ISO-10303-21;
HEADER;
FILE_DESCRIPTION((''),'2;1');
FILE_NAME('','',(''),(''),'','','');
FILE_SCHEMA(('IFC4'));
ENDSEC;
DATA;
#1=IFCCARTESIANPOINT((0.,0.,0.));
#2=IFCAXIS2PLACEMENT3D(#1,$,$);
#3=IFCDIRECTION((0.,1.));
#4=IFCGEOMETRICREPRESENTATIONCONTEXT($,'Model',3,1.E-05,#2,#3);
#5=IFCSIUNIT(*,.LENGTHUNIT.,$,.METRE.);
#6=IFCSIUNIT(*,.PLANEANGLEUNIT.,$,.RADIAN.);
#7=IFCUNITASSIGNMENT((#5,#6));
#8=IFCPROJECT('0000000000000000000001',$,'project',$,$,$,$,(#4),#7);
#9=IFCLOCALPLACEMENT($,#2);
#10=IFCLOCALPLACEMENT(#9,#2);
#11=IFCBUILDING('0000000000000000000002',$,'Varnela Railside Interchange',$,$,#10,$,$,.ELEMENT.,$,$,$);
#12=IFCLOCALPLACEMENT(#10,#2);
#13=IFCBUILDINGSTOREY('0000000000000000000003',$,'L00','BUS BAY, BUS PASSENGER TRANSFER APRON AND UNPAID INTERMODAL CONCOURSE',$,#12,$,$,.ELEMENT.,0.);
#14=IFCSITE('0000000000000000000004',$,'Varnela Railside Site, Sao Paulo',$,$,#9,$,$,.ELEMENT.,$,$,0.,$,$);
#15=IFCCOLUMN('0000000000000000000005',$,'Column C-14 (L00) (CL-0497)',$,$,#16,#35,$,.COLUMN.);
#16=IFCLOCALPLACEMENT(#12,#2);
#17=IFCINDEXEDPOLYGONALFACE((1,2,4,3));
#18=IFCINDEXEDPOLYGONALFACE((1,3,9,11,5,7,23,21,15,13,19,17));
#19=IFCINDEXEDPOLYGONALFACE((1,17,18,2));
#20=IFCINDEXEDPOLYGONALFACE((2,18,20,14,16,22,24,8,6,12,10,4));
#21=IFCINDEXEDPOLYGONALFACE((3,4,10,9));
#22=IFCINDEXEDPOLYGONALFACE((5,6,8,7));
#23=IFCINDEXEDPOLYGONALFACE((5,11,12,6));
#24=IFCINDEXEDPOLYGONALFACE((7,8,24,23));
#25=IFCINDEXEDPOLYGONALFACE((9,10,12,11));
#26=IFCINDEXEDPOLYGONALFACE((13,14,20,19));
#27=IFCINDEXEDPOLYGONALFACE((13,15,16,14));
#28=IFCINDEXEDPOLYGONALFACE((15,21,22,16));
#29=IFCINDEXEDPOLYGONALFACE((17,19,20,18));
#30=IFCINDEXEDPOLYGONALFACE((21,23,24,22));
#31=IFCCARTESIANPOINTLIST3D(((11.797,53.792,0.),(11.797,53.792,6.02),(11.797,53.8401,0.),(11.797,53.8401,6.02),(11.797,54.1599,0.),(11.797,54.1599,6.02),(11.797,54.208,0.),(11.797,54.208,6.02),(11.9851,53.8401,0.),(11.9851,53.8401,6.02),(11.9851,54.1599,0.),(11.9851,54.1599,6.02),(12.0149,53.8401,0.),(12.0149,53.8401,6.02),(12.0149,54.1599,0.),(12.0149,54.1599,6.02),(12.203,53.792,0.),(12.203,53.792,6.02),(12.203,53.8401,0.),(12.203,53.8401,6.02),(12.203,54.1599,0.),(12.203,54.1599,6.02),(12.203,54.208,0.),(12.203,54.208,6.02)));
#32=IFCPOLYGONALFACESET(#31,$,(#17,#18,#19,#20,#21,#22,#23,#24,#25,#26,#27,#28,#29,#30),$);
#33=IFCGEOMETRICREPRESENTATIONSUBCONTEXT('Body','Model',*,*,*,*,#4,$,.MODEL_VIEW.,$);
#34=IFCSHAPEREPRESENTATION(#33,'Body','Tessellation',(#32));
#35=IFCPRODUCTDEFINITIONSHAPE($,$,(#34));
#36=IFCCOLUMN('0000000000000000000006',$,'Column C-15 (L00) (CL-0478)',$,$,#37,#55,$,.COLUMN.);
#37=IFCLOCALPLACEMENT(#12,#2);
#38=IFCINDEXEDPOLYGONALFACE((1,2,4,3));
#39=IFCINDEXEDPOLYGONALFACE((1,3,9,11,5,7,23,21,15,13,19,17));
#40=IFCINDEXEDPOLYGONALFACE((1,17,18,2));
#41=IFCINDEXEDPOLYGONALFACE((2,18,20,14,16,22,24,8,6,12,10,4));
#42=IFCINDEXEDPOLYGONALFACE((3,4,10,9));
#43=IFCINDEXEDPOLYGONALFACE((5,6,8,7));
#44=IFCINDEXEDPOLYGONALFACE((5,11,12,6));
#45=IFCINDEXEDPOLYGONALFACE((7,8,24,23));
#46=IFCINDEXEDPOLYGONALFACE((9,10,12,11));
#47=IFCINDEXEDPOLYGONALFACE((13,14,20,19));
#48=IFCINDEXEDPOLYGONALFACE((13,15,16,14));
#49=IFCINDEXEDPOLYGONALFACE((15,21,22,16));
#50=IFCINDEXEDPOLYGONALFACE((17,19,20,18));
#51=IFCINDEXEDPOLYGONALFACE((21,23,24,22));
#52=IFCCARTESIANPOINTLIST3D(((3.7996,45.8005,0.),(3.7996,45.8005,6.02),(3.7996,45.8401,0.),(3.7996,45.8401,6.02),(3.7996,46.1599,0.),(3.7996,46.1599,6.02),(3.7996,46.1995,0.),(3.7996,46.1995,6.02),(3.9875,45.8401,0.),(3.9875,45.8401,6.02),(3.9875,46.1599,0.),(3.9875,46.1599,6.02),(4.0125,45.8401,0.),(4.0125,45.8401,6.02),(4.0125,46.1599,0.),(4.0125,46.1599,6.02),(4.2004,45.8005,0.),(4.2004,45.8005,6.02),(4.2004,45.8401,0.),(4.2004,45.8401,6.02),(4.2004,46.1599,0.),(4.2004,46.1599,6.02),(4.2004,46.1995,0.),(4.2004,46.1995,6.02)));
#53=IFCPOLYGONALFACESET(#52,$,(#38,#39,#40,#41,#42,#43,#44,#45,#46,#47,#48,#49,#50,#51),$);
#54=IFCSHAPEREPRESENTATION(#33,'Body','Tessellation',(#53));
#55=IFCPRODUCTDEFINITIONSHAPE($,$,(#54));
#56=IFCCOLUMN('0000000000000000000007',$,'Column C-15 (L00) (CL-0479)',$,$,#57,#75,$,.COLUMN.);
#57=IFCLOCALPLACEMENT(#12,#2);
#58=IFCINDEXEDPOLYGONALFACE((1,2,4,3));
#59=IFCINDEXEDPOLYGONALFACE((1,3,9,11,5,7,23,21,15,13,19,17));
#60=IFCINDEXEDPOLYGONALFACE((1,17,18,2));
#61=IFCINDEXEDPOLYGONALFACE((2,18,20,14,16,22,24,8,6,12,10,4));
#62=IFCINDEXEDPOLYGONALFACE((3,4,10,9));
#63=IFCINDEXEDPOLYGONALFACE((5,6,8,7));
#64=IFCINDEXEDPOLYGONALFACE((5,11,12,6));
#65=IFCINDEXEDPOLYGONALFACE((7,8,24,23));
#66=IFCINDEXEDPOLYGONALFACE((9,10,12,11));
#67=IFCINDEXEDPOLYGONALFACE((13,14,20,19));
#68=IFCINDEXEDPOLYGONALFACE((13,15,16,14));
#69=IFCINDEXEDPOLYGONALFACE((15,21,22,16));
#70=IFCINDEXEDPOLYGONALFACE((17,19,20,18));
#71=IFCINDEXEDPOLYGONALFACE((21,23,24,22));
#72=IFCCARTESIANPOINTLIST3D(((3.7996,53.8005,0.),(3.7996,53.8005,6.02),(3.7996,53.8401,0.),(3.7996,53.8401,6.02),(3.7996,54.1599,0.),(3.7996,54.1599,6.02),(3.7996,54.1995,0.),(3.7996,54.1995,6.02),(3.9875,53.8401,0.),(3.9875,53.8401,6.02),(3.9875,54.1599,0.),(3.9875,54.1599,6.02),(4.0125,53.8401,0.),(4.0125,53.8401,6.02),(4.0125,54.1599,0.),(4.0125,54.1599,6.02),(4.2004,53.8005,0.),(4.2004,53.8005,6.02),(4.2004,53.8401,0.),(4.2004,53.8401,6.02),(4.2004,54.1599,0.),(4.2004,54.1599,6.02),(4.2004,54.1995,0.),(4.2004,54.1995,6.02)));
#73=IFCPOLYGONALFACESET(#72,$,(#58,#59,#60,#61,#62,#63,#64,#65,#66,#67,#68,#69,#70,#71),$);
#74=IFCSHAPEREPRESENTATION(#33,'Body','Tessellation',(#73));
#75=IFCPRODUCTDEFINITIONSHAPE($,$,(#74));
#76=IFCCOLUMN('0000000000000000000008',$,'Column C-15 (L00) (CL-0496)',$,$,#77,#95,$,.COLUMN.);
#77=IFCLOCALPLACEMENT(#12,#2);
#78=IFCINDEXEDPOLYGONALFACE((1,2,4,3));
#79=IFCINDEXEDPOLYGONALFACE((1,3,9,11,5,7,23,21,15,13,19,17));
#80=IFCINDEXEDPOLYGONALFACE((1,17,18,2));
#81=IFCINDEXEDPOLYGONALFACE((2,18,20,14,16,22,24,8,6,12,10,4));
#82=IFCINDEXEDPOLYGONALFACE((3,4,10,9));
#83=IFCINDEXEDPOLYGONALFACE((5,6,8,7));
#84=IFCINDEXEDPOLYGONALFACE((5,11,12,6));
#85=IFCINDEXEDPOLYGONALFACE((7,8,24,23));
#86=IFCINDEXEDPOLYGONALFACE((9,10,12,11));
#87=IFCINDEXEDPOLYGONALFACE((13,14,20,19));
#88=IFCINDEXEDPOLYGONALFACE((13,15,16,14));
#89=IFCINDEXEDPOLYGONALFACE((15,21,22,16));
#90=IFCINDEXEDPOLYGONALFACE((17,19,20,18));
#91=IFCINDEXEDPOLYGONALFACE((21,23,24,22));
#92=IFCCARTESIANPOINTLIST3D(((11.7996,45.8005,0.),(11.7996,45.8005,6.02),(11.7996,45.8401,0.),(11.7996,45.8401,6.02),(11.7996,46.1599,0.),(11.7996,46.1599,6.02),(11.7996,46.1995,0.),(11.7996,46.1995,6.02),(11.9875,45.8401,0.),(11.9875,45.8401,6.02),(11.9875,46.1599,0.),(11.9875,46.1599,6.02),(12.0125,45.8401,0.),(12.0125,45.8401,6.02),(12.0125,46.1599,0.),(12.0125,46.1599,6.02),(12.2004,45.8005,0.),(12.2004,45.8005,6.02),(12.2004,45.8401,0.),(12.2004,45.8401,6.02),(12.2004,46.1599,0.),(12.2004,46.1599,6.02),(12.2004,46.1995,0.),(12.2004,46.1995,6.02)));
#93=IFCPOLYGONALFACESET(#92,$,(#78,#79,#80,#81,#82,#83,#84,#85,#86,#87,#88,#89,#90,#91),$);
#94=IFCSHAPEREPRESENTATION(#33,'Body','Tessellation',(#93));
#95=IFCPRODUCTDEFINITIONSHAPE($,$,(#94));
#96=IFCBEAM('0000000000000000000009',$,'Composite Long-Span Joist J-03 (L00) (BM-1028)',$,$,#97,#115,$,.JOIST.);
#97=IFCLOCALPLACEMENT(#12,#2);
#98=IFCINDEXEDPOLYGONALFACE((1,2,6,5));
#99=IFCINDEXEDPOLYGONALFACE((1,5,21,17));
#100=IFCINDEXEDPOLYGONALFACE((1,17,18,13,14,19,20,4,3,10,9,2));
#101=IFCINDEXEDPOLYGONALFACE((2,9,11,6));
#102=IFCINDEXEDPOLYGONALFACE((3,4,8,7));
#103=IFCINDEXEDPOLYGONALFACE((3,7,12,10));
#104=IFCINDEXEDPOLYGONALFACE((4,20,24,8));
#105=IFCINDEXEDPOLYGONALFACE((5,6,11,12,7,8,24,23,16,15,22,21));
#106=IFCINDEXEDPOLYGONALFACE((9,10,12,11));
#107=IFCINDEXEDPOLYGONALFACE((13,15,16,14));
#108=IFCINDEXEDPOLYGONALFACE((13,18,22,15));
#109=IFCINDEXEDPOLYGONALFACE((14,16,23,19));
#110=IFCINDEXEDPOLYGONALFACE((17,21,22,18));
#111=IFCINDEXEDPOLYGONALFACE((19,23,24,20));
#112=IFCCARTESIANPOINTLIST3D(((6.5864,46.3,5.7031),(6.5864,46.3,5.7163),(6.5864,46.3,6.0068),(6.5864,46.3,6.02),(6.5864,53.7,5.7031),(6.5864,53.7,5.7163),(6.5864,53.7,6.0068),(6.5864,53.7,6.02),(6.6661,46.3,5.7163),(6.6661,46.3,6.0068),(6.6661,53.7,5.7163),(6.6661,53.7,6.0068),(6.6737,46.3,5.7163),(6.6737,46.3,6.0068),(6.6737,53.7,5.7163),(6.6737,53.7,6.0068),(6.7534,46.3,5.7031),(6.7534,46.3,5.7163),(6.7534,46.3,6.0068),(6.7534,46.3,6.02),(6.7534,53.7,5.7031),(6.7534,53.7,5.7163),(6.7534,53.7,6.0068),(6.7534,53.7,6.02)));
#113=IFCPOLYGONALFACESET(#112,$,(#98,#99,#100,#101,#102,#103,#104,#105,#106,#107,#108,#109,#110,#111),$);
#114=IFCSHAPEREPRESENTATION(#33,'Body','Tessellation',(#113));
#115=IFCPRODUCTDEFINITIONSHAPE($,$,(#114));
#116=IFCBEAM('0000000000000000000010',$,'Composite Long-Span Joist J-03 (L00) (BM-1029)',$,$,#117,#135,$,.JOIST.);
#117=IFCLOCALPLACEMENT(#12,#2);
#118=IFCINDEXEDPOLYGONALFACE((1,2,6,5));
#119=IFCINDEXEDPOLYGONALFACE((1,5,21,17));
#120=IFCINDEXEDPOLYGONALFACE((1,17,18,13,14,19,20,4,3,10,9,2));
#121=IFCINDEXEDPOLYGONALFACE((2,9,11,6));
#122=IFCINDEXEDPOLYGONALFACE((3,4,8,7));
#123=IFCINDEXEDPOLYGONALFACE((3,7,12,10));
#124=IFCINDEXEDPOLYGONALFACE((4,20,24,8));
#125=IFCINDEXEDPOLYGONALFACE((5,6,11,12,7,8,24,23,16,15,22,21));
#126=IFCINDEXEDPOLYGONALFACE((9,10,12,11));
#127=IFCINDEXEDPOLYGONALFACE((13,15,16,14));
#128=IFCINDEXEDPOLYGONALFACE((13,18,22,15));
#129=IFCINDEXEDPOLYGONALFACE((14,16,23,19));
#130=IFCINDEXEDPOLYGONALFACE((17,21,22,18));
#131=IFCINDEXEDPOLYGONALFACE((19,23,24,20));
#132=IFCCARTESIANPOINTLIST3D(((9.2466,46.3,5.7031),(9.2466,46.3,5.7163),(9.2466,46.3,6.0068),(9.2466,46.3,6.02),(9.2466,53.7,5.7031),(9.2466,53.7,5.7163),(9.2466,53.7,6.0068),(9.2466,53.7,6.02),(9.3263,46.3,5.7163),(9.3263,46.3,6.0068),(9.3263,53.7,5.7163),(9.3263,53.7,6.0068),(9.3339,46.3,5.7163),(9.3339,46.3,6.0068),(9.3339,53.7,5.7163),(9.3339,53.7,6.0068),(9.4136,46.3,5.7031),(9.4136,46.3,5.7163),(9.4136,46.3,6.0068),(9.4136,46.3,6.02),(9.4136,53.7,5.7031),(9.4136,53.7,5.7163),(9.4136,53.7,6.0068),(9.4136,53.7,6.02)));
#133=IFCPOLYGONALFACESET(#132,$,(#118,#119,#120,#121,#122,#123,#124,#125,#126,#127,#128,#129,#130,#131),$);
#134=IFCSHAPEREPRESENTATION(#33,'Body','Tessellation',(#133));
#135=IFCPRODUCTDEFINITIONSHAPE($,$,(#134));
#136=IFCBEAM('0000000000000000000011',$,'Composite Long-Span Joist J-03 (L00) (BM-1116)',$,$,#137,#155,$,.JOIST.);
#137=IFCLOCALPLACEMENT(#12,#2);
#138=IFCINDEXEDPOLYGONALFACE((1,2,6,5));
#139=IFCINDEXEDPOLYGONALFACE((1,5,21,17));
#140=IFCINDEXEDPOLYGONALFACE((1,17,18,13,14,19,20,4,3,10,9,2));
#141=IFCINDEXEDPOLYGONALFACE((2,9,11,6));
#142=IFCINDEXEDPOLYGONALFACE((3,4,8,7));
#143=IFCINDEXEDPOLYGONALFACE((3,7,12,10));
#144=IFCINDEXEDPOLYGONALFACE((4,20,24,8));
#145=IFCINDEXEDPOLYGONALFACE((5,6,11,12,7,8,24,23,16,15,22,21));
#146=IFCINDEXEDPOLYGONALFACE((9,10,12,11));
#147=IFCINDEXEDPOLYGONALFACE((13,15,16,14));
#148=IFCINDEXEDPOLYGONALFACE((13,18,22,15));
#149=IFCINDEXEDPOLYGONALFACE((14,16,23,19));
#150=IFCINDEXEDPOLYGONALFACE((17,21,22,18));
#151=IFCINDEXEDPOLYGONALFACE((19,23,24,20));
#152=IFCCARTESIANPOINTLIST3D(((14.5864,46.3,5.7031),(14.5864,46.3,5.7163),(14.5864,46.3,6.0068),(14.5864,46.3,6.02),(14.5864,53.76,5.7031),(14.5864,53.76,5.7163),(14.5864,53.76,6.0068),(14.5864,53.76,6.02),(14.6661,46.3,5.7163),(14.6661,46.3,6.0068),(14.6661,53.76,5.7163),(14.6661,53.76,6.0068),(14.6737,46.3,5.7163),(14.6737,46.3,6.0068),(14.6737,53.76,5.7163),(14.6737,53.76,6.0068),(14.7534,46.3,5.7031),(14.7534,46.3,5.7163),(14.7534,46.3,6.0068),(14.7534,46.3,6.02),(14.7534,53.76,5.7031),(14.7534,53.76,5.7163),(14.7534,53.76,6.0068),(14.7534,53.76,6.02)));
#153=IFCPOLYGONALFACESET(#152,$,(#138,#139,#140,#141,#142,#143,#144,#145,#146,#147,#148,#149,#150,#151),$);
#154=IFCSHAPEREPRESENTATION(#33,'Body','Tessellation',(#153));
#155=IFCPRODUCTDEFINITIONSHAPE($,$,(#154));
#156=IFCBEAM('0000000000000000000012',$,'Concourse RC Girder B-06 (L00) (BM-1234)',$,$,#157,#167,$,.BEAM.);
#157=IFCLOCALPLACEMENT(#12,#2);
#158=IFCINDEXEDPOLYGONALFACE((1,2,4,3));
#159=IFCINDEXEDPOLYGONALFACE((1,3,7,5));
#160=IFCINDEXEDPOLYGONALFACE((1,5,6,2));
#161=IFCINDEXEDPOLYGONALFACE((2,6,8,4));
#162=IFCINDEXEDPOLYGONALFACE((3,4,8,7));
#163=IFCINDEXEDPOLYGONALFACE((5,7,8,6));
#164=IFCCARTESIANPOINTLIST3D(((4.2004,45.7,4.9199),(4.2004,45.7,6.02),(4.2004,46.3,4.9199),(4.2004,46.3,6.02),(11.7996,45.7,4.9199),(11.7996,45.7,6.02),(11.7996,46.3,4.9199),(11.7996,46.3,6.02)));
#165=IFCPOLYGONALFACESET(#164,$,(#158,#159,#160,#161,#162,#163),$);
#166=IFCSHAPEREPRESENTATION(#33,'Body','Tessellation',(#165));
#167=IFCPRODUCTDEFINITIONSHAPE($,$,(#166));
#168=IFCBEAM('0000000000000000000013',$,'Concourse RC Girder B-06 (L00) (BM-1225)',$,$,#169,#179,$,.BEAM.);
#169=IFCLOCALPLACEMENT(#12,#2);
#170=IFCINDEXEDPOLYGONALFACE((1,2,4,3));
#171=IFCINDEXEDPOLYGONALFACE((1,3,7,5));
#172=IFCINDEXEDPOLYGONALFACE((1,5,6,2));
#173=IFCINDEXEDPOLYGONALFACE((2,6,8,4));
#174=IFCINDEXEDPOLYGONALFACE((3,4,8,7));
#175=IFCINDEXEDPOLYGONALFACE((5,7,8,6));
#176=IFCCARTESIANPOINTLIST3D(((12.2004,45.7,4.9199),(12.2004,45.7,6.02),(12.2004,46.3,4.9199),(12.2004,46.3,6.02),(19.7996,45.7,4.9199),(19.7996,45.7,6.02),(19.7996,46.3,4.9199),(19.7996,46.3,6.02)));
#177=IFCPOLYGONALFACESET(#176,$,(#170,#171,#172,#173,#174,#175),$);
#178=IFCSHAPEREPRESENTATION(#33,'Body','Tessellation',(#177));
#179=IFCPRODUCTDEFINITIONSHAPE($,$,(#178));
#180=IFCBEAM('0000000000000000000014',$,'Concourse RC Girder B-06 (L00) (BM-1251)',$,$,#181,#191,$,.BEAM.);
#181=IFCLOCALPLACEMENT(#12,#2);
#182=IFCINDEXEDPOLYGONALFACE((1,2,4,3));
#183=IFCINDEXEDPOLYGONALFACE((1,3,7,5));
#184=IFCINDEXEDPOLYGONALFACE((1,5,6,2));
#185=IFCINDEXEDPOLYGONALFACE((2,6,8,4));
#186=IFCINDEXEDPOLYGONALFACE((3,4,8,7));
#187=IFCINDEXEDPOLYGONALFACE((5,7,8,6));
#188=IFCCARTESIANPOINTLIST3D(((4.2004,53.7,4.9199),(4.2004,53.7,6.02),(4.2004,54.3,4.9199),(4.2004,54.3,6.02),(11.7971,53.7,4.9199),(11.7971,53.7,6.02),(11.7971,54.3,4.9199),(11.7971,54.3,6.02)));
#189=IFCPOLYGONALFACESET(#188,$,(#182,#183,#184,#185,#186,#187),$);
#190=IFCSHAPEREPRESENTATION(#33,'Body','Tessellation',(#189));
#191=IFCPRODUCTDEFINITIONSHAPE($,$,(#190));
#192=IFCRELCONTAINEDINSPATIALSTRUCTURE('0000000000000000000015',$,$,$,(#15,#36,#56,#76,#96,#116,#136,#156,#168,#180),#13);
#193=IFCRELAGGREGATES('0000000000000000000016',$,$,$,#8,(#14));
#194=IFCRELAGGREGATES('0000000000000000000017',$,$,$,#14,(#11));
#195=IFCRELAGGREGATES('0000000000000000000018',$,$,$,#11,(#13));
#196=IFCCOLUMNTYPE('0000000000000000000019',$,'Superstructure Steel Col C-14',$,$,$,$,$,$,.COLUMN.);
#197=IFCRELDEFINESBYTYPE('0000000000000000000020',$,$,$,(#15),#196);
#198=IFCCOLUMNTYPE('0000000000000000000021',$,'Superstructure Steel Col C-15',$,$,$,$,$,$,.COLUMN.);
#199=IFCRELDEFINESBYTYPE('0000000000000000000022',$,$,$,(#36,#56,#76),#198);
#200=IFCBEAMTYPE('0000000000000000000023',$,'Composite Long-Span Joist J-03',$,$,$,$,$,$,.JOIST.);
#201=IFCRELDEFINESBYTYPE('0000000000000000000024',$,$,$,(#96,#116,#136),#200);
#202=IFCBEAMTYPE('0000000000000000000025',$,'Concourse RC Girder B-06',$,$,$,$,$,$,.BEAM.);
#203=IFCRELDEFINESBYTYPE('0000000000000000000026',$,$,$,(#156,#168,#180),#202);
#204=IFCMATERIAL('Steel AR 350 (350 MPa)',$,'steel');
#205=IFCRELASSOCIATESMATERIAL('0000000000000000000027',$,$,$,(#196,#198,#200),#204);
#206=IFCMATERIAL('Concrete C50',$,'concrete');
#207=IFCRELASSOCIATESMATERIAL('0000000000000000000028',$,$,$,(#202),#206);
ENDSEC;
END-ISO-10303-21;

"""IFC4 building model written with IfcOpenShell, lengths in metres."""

from ifc_helpers import new_model, si_unit, direction, frame, origin, origin_2d, place, context, subcontext, project, spatial, rectangle, i_section, extrude, material, material_profile, profile_set, type_object, element, save


model = new_model("IFC4")

# Units and contexts
model_context = context("Model", 3, precision=1e-05, world=origin(), true_north=direction((0.0, 1.0)))
body_context = subcontext(model_context, "Body", "Model", "MODEL_VIEW")
ifc_project = project(units=[si_unit("LENGTHUNIT", "METRE"), si_unit("PLANEANGLEUNIT", "RADIAN")], contexts=[model_context])

# Site, building, storey
site_placement = place(None, origin())
site = spatial("IfcSite", under=ifc_project, at=site_placement, Name="Varnela Railside Site, Sao Paulo", CompositionType="ELEMENT", RefElevation=0.0)
building_placement = place(site_placement, origin())
building = spatial("IfcBuilding", under=site, at=building_placement, Name="Varnela Railside Interchange", CompositionType="ELEMENT")
storey_placement = place(building_placement, origin())
storey = spatial("IfcBuildingStorey", under=building, at=storey_placement, Name="L00", Description="BUS BAY, BUS PASSENGER TRANSFER APRON AND UNPAID INTERMODAL CONCOURSE", CompositionType="ELEMENT", Elevation=0.0)

# Columns
ifc_material_1 = material(Name="Steel AR 350 (350 MPa)", Category="steel")
ifc_material_profile_1 = material_profile(ifc_material_1, i_section(OverallWidth=0.406, OverallDepth=0.416, WebThickness=0.0298, FlangeThickness=0.0481, at=origin_2d()), Name="W360x382")
ifc_profile_set_1 = profile_set([ifc_material_profile_1], Name="Steel AR 350 (350 MPa)")
column_type_1 = type_object("IfcColumnType", Name="Superstructure Steel Col C-14", PredefinedType="COLUMN", material=ifc_profile_set_1)
column_placement = place(storey_placement, frame((12.0, 54.0, 0.0), z_axis=(0.0, 0.0, 1.0), x_axis=(1.0, 0.0, 0.0)))
element("IfcColumn", 1, at=column_placement, inside=storey, type_object=column_type_1, Name="Column C-14 (L00) (CL-0497)", PredefinedType="COLUMN", context=body_context, shape_type="SweptSolid", body=[
    extrude(i_section(OverallWidth=0.406, OverallDepth=0.416, WebThickness=0.0298, FlangeThickness=0.0481, at=origin_2d()), origin(), (0.0, 0.0, 1.0), 6.02),
])
ifc_material_profile_2 = material_profile(ifc_material_1, i_section(OverallWidth=0.4009, OverallDepth=0.3989, WebThickness=0.0249, FlangeThickness=0.0396, at=origin_2d()), Name="W360x314")
ifc_profile_set_2 = profile_set([ifc_material_profile_2], Name="Steel AR 350 (350 MPa)")
column_type_2 = type_object("IfcColumnType", Name="Superstructure Steel Col C-15", PredefinedType="COLUMN", material=ifc_profile_set_2)
for number, where, z_axis, x_axis, name in (
    (2, (4.0, 46.0, 0.0), (0.0, 0.0, 1.0), (1.0, 0.0, 0.0), "Column C-15 (L00) (CL-0478)"),
    (3, (4.0, 54.0, 0.0), (0.0, 0.0, 1.0), (1.0, 0.0, 0.0), "Column C-15 (L00) (CL-0479)"),
    (4, (12.0, 46.0, 0.0), (0.0, 0.0, 1.0), (1.0, 0.0, 0.0), "Column C-15 (L00) (CL-0496)"),
):
    element("IfcColumn", number, at=place(storey_placement, frame(where, z_axis=z_axis, x_axis=x_axis)), inside=storey, type_object=column_type_2, Name=name, PredefinedType="COLUMN", context=body_context, shape_type="SweptSolid", body=[
        extrude(i_section(OverallWidth=0.4009, OverallDepth=0.3989, WebThickness=0.0249, FlangeThickness=0.0396, at=origin_2d()), origin(), (0.0, 0.0, 1.0), 6.02),
    ])

# Beams
ifc_material_profile_3 = material_profile(ifc_material_1, i_section(OverallWidth=0.167, OverallDepth=0.3169, WebThickness=0.0076, FlangeThickness=0.0132, at=origin_2d()), Name="W310x52")
ifc_profile_set_3 = profile_set([ifc_material_profile_3], Name="Steel AR 350 (350 MPa)")
beam_type_1 = type_object("IfcBeamType", Name="Composite Long-Span Joist J-03", PredefinedType="JOIST", material=ifc_profile_set_3)
for number, where, z_axis, x_axis, name in (
    (5, (6.6699, 46.3, 5.8616), (0.0, 1.0, 0.0), (-1.0, 0.0, 0.0), "Composite Long-Span Joist J-03 (L00) (BM-1028)"),
    (6, (9.3301, 46.3, 5.8616), (0.0, 1.0, 0.0), (-1.0, 0.0, 0.0), "Composite Long-Span Joist J-03 (L00) (BM-1029)"),
):
    element("IfcBeam", number, at=place(storey_placement, frame(where, z_axis=z_axis, x_axis=x_axis)), inside=storey, type_object=beam_type_1, Name=name, PredefinedType="JOIST", context=body_context, shape_type="SweptSolid", body=[
        extrude(i_section(OverallWidth=0.167, OverallDepth=0.3169, WebThickness=0.0076, FlangeThickness=0.0132, at=origin_2d()), origin(), (0.0, 0.0, 1.0), 7.3999),
    ])
beam_1_placement = place(storey_placement, frame((14.6699, 46.3, 5.8616), z_axis=(0.0, 1.0, 0.0), x_axis=(-1.0, 0.0, 0.0)))
element("IfcBeam", 7, at=beam_1_placement, inside=storey, type_object=beam_type_1, Name="Composite Long-Span Joist J-03 (L00) (BM-1116)", PredefinedType="JOIST", context=body_context, shape_type="SweptSolid", body=[
    extrude(i_section(OverallWidth=0.167, OverallDepth=0.3169, WebThickness=0.0076, FlangeThickness=0.0132, at=origin_2d()), origin(), (0.0, 0.0, 1.0), 7.46),
])
ifc_material_2 = material(Name="Concrete C50", Category="concrete")
ifc_material_profile_4 = material_profile(ifc_material_2, rectangle(XDim=0.6001, YDim=1.1001, at=origin_2d()), Name="RC 600x1100")
ifc_profile_set_4 = profile_set([ifc_material_profile_4], Name="Concrete C50")
beam_type_2 = type_object("IfcBeamType", Name="Concourse RC Girder B-06", PredefinedType="BEAM", material=ifc_profile_set_4)
for number, where, z_axis, x_axis, name in (
    (8, (4.2004, 46.0, 5.47), (1.0, 0.0, 0.0), (0.0, 1.0, 0.0), "Concourse RC Girder B-06 (L00) (BM-1234)"),
    (9, (12.2004, 46.0, 5.47), (1.0, 0.0, 0.0), (0.0, 1.0, 0.0), "Concourse RC Girder B-06 (L00) (BM-1225)"),
):
    element("IfcBeam", number, at=place(storey_placement, frame(where, z_axis=z_axis, x_axis=x_axis)), inside=storey, type_object=beam_type_2, Name=name, PredefinedType="BEAM", context=body_context, shape_type="SweptSolid", body=[
        extrude(rectangle(XDim=0.6001, YDim=1.1001, at=origin_2d()), origin(), (0.0, 0.0, 1.0), 7.5991),
    ])
beam_2_placement = place(storey_placement, frame((4.2004, 54.0, 5.47), z_axis=(1.0, 0.0, 0.0), x_axis=(0.0, 1.0, 0.0)))
element("IfcBeam", 10, at=beam_2_placement, inside=storey, type_object=beam_type_2, Name="Concourse RC Girder B-06 (L00) (BM-1251)", PredefinedType="BEAM", context=body_context, shape_type="SweptSolid", body=[
    extrude(rectangle(XDim=0.6001, YDim=1.1001, at=origin_2d()), origin(), (0.0, 0.0, 1.0), 7.5967),
])

save(model, "model.ifc")
